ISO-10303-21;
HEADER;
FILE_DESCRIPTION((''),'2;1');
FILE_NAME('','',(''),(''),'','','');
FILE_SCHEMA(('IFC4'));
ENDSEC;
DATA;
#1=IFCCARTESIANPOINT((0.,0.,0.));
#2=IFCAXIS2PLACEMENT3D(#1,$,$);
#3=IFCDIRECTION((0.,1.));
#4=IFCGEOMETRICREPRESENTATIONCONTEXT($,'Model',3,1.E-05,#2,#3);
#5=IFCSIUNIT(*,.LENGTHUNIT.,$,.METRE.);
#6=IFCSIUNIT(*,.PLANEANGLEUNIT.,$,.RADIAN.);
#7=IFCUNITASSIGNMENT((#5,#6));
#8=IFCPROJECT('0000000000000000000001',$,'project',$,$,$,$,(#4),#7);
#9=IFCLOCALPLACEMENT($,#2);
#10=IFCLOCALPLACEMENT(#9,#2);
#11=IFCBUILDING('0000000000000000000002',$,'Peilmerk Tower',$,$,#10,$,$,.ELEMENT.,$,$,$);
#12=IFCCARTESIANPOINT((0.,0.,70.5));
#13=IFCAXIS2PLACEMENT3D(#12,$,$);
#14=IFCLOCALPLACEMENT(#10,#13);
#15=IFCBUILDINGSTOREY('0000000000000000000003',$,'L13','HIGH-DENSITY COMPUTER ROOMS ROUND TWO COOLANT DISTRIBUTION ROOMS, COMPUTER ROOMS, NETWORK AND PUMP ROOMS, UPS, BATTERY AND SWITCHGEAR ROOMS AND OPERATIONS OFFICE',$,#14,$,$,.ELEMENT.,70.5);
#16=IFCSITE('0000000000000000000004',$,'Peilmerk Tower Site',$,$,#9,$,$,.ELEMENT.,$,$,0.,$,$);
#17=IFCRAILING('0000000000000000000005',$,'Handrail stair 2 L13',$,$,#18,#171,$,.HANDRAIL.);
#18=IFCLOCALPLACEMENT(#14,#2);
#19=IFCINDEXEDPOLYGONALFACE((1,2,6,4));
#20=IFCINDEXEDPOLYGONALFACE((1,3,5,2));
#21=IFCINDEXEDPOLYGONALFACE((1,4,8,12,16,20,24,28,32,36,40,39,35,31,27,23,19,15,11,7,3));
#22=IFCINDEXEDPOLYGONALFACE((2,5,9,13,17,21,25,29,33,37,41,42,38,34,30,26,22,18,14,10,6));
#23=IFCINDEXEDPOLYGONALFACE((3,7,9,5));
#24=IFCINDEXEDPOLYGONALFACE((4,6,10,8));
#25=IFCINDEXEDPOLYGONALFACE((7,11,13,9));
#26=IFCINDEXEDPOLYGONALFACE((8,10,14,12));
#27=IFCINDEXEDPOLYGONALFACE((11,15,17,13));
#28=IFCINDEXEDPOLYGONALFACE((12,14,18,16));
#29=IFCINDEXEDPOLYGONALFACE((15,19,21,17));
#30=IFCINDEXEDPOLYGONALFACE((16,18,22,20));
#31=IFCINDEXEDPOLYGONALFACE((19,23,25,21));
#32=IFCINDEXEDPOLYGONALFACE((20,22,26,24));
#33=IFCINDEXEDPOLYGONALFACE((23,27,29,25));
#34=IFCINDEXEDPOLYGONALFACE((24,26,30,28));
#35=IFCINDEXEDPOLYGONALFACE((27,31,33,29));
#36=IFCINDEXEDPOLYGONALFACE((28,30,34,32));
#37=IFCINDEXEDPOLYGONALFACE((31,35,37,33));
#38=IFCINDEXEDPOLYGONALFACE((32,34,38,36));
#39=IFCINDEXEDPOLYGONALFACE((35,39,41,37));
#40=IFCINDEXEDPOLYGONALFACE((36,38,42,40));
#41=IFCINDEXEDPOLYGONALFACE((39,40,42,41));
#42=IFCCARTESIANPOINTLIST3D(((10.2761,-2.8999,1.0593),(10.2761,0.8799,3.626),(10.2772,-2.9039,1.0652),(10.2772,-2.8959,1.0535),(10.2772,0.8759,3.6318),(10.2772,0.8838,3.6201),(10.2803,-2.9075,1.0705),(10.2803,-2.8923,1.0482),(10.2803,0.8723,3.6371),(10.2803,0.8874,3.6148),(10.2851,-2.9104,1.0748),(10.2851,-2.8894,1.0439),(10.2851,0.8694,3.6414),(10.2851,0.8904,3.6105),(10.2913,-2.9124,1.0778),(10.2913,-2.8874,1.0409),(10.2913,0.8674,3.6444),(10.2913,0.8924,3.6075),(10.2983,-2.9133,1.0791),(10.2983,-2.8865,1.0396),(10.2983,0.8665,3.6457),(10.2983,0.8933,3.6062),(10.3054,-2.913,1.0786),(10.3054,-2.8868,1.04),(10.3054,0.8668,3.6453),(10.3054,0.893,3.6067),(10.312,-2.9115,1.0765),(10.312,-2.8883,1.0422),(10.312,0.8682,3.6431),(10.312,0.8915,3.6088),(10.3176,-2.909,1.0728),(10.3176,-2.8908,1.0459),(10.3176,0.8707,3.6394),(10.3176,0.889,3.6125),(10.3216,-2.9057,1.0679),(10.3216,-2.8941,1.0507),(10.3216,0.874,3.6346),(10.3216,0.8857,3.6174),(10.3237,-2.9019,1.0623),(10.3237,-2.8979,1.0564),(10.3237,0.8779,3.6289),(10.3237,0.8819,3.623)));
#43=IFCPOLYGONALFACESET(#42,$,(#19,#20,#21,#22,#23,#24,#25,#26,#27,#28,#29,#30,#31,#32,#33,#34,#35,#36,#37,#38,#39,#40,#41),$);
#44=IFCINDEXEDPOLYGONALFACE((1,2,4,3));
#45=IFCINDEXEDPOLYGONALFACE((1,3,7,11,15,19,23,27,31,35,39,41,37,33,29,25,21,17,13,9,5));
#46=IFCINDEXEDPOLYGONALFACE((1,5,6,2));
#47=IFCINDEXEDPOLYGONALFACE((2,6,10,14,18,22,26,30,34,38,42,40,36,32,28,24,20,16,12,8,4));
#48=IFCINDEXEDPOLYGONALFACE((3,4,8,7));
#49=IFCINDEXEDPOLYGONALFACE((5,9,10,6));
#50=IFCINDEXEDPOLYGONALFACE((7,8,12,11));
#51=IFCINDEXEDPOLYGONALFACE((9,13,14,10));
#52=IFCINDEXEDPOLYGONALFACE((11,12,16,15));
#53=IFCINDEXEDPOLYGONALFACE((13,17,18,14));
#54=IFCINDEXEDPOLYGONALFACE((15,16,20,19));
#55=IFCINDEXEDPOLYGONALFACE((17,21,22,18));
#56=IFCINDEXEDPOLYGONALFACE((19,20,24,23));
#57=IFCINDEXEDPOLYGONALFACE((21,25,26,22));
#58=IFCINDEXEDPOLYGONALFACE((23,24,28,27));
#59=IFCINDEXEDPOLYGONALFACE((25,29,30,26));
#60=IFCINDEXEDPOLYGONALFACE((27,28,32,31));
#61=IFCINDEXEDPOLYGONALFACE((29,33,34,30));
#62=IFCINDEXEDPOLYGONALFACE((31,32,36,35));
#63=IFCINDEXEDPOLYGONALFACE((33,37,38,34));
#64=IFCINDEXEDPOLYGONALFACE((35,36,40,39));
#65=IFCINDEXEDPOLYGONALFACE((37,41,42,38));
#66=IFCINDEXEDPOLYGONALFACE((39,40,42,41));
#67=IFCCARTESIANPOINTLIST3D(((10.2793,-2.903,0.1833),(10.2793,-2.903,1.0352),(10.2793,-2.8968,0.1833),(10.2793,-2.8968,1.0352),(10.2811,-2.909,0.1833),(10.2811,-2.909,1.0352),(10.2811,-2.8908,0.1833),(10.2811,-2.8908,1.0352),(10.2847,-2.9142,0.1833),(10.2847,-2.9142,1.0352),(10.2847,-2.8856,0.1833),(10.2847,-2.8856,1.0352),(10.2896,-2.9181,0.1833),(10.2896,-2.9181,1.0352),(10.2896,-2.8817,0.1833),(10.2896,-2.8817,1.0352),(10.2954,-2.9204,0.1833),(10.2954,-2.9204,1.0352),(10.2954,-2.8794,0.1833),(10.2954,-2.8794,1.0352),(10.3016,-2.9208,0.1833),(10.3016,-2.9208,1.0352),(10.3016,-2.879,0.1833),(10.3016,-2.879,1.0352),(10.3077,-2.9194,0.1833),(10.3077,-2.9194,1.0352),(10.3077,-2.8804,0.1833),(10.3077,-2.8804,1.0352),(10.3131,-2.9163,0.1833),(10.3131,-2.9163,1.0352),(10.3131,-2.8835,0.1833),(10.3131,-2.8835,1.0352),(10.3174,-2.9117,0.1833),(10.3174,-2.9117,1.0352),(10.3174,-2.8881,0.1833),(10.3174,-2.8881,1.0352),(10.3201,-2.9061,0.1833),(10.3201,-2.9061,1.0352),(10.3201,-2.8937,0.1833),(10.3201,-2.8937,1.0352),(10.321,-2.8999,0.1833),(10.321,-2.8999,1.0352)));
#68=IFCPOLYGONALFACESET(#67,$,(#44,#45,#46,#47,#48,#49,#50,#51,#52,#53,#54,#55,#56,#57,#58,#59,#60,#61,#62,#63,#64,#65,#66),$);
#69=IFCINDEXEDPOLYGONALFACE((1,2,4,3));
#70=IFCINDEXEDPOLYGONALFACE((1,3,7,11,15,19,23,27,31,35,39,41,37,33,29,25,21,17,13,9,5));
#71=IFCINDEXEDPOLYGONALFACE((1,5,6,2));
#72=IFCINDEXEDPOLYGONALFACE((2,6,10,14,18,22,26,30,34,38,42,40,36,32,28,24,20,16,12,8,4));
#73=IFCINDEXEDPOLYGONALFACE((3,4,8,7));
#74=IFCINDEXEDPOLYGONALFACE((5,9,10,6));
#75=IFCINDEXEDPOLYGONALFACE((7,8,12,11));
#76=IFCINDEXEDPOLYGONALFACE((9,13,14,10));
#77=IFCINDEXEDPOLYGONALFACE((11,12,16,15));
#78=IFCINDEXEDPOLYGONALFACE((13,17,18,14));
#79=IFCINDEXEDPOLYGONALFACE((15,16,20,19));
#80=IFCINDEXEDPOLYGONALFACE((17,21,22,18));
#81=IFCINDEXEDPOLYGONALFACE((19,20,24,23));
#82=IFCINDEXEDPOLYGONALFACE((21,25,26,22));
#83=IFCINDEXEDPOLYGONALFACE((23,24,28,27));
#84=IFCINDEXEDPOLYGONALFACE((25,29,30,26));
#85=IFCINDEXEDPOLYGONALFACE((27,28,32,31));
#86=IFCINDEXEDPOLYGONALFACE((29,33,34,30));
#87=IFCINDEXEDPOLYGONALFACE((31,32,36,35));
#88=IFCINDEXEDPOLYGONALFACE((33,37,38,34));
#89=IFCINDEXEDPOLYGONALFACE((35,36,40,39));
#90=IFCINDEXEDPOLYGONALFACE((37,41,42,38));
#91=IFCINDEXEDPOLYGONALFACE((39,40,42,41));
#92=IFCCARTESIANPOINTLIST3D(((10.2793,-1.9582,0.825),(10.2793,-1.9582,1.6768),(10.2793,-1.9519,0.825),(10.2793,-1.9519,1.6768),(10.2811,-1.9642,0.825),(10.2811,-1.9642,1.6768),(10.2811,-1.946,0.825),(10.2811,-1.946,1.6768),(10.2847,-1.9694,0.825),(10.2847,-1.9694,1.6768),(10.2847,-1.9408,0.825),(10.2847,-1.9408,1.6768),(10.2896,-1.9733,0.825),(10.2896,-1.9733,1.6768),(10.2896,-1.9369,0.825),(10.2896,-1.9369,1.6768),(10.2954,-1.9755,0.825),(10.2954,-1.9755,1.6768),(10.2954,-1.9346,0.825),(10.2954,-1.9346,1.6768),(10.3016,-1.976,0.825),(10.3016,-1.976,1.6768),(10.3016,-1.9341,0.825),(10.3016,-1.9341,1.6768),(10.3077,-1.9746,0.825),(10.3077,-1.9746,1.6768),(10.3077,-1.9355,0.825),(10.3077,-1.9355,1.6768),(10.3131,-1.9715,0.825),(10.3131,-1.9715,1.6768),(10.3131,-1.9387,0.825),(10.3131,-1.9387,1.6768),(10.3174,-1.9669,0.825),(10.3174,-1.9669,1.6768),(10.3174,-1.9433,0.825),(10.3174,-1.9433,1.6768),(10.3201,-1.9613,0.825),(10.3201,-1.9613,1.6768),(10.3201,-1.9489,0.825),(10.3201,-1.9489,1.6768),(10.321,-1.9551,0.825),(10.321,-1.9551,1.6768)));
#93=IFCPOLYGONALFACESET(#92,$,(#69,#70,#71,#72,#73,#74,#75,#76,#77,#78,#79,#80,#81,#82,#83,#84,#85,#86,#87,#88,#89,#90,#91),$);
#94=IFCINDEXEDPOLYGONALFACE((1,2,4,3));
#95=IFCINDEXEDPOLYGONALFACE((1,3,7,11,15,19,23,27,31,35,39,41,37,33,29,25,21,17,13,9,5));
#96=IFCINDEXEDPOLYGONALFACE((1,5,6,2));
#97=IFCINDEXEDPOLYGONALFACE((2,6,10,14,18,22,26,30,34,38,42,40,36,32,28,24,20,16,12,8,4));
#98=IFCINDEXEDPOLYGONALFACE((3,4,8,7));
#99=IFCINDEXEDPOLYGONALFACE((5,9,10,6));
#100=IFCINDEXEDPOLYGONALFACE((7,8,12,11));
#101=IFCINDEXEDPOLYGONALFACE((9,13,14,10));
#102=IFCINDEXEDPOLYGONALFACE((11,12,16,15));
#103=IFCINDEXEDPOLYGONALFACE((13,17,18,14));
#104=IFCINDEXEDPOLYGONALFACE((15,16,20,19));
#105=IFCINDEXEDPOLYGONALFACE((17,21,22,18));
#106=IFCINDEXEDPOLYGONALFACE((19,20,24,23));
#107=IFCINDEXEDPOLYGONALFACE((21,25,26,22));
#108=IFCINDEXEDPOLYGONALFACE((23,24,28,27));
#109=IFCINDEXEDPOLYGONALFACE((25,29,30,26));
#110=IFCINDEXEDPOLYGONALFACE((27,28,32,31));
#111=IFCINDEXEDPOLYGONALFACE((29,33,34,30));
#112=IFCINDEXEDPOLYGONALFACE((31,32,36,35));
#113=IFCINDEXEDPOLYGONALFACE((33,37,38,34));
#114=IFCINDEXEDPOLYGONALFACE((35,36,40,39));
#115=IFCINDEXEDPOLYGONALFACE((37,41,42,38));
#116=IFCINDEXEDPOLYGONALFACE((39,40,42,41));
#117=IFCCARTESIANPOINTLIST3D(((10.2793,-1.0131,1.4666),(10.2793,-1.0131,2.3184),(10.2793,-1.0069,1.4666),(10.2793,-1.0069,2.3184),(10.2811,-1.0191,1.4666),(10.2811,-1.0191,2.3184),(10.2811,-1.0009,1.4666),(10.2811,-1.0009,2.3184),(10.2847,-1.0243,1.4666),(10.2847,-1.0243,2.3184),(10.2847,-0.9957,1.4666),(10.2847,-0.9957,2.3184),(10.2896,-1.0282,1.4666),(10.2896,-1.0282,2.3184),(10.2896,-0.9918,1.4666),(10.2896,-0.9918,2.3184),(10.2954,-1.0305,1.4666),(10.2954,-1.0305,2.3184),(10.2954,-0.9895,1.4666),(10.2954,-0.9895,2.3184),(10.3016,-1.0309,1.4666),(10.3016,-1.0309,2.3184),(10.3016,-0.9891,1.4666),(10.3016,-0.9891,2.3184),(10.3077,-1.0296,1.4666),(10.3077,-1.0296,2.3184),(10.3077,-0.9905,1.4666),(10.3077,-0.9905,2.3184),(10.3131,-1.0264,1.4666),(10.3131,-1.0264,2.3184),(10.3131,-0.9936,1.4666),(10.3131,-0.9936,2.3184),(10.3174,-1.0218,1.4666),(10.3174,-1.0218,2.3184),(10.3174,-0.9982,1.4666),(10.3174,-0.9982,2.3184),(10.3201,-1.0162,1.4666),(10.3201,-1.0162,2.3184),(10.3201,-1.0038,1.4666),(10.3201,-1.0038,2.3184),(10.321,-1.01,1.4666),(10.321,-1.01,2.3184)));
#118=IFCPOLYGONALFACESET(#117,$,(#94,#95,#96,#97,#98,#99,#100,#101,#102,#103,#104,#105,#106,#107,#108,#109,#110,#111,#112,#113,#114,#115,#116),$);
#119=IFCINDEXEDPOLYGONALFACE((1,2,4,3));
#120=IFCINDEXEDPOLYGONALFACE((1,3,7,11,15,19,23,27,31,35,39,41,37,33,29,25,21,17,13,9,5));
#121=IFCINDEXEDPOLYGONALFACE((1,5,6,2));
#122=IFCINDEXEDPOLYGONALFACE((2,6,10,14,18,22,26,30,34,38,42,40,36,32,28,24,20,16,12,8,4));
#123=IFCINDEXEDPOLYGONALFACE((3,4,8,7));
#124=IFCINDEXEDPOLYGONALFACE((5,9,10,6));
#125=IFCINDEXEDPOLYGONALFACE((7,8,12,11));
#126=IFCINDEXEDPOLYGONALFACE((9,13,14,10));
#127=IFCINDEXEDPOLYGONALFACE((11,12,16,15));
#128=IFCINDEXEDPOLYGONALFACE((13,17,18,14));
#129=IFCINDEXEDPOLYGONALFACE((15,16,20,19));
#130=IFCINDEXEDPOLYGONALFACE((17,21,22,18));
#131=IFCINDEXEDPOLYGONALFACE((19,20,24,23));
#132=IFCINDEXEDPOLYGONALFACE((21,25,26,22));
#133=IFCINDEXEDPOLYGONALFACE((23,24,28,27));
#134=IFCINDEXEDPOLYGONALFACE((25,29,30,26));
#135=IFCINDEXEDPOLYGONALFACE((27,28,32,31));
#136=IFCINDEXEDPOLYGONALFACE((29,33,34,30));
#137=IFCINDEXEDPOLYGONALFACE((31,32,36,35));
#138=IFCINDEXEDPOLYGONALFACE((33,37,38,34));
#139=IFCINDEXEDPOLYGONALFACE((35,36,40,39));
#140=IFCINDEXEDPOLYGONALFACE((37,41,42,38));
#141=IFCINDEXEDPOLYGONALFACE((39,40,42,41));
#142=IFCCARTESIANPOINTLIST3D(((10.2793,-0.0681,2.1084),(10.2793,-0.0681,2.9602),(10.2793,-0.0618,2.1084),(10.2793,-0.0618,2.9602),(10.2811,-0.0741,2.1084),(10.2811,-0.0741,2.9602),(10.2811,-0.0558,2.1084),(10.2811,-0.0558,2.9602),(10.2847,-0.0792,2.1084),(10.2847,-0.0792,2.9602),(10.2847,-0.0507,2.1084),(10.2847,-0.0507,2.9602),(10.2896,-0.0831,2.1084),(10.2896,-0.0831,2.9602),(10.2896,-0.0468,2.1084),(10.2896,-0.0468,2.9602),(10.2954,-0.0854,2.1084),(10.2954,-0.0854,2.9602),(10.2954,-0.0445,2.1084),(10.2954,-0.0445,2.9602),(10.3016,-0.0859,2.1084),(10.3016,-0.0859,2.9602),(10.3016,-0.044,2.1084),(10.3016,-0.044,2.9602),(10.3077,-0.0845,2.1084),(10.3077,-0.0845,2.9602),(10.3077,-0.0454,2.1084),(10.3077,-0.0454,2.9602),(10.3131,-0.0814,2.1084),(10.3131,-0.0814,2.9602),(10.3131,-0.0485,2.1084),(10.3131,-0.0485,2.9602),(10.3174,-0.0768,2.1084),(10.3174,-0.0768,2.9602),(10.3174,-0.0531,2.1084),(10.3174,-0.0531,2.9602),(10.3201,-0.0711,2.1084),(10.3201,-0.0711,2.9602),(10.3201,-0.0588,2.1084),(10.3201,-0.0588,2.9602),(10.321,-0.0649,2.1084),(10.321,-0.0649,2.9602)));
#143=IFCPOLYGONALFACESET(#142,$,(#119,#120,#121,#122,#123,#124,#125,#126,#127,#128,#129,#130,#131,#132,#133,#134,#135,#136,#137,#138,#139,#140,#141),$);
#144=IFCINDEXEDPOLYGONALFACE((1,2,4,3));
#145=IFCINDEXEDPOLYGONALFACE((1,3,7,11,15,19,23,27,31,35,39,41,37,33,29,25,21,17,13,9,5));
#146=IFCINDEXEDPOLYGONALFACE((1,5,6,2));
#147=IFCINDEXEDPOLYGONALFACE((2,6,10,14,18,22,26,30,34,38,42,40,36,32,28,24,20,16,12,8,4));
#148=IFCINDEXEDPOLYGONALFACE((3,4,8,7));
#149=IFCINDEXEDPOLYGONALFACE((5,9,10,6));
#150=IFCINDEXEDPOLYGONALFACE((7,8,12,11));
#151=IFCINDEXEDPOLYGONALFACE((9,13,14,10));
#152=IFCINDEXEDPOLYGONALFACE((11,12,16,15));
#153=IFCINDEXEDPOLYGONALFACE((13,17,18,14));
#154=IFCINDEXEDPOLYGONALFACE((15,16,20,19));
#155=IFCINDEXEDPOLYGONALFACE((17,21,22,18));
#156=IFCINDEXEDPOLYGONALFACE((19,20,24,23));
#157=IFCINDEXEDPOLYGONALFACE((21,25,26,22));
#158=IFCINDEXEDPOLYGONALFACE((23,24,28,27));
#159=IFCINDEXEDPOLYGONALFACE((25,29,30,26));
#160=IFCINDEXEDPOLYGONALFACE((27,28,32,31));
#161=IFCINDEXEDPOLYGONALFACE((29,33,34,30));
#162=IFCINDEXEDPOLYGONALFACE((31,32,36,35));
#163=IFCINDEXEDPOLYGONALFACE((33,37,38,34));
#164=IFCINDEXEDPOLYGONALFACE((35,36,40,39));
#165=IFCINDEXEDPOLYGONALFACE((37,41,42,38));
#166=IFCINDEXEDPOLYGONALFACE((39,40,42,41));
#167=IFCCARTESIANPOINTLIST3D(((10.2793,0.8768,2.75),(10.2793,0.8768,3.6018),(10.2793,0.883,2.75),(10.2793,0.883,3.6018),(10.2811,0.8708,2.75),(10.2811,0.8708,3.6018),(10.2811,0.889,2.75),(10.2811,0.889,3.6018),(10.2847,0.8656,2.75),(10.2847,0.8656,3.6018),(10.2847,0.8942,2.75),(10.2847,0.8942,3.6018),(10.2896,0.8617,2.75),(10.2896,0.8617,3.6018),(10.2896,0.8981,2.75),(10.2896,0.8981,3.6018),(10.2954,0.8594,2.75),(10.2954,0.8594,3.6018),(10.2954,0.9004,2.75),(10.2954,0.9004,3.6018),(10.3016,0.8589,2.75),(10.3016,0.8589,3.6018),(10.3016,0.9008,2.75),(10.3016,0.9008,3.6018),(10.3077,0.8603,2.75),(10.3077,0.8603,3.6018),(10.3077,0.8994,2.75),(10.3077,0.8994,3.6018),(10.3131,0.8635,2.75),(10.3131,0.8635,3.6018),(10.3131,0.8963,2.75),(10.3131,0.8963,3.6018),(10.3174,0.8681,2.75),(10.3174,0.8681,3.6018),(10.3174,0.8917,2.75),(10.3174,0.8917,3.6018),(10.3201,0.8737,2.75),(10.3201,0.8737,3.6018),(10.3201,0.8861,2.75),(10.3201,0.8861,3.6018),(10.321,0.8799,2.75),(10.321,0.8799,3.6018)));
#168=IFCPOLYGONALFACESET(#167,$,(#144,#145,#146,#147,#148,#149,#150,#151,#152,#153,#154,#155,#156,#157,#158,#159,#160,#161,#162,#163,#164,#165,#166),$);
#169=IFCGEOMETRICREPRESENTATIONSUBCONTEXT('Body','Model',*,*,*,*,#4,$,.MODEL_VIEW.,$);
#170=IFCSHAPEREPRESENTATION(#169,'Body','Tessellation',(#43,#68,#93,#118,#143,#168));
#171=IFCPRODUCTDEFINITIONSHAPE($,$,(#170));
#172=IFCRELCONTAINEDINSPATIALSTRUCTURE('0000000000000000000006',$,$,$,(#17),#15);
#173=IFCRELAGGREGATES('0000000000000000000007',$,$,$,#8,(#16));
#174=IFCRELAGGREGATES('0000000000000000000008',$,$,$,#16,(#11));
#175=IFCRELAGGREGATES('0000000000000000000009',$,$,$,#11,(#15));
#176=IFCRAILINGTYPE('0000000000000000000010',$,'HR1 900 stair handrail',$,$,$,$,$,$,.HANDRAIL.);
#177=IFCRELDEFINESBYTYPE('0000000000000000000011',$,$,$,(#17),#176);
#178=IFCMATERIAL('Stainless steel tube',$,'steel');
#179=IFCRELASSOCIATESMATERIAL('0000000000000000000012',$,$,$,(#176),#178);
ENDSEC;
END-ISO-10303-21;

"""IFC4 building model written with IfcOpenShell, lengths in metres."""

from ifc_helpers import new_model, si_unit, direction, frame, origin, origin_2d, place, context, subcontext, project, spatial, circle, extrude, material, type_object, element, save


model = new_model("IFC4")

# Units and contexts
model_context = context("Model", 3, precision=1e-05, world=origin(), true_north=direction((0.0, 1.0)))
body_context = subcontext(model_context, "Body", "Model", "MODEL_VIEW")
ifc_project = project(units=[si_unit("LENGTHUNIT", "METRE"), si_unit("PLANEANGLEUNIT", "RADIAN")], contexts=[model_context])

# Site, building, storey
site_placement = place(None, origin())
site = spatial("IfcSite", under=ifc_project, at=site_placement, Name="Peilmerk Tower Site", CompositionType="ELEMENT", RefElevation=0.0)
building_placement = place(site_placement, origin())
building = spatial("IfcBuilding", under=site, at=building_placement, Name="Peilmerk Tower", CompositionType="ELEMENT")
storey_placement = place(building_placement, frame((0.0, 0.0, 70.5)))
storey = spatial("IfcBuildingStorey", under=building, at=storey_placement, Name="L13", Description="HIGH-DENSITY COMPUTER ROOMS ROUND TWO COOLANT DISTRIBUTION ROOMS, COMPUTER ROOMS, NETWORK AND PUMP ROOMS, UPS, BATTERY AND SWITCHGEAR ROOMS AND OPERATIONS OFFICE", CompositionType="ELEMENT", Elevation=70.5)

# Railing
ifc_material_1 = material(Name="Stainless steel tube", Category="steel")
railing_type_1 = type_object("IfcRailingType", Name="HR1 900 stair handrail", PredefinedType="HANDRAIL", material=ifc_material_1)
railing_1_placement = place(storey_placement, frame((10.3, -2.8999, 0.1833)))
element("IfcRailing", 1, at=railing_1_placement, inside=storey, type_object=railing_type_1, Name="Handrail stair 2 L13", PredefinedType="HANDRAIL", context=body_context, shape_type="SweptSolid", body=[
    extrude(circle(Radius=0.0239, at=origin_2d()), frame((0.0, 0.0, 0.876), z_axis=(0.0, 0.827293, 0.561771), x_axis=(-1.0, 0.0, 0.0)), (0.0, 0.0, 1.0), 4.5688),
    extrude(circle(Radius=0.021, at=origin_2d()), origin(), (0.0, 0.0, 1.0), 0.8518),
    extrude(circle(Radius=0.021, at=origin_2d()), frame((0.0, 0.9448, 0.6416)), (0.0, 0.0, 1.0), 0.8518),
    extrude(circle(Radius=0.021, at=origin_2d()), frame((0.0, 1.8899, 1.2832)), (0.0, 0.0, 1.0), 0.8518),
    extrude(circle(Radius=0.021, at=origin_2d()), frame((0.0, 2.835, 1.925)), (0.0, 0.0, 1.0), 0.8518),
    extrude(circle(Radius=0.021, at=origin_2d()), frame((0.0, 3.7798, 2.5667)), (0.0, 0.0, 1.0), 0.8518),
])

save(model, "model.ifc")
